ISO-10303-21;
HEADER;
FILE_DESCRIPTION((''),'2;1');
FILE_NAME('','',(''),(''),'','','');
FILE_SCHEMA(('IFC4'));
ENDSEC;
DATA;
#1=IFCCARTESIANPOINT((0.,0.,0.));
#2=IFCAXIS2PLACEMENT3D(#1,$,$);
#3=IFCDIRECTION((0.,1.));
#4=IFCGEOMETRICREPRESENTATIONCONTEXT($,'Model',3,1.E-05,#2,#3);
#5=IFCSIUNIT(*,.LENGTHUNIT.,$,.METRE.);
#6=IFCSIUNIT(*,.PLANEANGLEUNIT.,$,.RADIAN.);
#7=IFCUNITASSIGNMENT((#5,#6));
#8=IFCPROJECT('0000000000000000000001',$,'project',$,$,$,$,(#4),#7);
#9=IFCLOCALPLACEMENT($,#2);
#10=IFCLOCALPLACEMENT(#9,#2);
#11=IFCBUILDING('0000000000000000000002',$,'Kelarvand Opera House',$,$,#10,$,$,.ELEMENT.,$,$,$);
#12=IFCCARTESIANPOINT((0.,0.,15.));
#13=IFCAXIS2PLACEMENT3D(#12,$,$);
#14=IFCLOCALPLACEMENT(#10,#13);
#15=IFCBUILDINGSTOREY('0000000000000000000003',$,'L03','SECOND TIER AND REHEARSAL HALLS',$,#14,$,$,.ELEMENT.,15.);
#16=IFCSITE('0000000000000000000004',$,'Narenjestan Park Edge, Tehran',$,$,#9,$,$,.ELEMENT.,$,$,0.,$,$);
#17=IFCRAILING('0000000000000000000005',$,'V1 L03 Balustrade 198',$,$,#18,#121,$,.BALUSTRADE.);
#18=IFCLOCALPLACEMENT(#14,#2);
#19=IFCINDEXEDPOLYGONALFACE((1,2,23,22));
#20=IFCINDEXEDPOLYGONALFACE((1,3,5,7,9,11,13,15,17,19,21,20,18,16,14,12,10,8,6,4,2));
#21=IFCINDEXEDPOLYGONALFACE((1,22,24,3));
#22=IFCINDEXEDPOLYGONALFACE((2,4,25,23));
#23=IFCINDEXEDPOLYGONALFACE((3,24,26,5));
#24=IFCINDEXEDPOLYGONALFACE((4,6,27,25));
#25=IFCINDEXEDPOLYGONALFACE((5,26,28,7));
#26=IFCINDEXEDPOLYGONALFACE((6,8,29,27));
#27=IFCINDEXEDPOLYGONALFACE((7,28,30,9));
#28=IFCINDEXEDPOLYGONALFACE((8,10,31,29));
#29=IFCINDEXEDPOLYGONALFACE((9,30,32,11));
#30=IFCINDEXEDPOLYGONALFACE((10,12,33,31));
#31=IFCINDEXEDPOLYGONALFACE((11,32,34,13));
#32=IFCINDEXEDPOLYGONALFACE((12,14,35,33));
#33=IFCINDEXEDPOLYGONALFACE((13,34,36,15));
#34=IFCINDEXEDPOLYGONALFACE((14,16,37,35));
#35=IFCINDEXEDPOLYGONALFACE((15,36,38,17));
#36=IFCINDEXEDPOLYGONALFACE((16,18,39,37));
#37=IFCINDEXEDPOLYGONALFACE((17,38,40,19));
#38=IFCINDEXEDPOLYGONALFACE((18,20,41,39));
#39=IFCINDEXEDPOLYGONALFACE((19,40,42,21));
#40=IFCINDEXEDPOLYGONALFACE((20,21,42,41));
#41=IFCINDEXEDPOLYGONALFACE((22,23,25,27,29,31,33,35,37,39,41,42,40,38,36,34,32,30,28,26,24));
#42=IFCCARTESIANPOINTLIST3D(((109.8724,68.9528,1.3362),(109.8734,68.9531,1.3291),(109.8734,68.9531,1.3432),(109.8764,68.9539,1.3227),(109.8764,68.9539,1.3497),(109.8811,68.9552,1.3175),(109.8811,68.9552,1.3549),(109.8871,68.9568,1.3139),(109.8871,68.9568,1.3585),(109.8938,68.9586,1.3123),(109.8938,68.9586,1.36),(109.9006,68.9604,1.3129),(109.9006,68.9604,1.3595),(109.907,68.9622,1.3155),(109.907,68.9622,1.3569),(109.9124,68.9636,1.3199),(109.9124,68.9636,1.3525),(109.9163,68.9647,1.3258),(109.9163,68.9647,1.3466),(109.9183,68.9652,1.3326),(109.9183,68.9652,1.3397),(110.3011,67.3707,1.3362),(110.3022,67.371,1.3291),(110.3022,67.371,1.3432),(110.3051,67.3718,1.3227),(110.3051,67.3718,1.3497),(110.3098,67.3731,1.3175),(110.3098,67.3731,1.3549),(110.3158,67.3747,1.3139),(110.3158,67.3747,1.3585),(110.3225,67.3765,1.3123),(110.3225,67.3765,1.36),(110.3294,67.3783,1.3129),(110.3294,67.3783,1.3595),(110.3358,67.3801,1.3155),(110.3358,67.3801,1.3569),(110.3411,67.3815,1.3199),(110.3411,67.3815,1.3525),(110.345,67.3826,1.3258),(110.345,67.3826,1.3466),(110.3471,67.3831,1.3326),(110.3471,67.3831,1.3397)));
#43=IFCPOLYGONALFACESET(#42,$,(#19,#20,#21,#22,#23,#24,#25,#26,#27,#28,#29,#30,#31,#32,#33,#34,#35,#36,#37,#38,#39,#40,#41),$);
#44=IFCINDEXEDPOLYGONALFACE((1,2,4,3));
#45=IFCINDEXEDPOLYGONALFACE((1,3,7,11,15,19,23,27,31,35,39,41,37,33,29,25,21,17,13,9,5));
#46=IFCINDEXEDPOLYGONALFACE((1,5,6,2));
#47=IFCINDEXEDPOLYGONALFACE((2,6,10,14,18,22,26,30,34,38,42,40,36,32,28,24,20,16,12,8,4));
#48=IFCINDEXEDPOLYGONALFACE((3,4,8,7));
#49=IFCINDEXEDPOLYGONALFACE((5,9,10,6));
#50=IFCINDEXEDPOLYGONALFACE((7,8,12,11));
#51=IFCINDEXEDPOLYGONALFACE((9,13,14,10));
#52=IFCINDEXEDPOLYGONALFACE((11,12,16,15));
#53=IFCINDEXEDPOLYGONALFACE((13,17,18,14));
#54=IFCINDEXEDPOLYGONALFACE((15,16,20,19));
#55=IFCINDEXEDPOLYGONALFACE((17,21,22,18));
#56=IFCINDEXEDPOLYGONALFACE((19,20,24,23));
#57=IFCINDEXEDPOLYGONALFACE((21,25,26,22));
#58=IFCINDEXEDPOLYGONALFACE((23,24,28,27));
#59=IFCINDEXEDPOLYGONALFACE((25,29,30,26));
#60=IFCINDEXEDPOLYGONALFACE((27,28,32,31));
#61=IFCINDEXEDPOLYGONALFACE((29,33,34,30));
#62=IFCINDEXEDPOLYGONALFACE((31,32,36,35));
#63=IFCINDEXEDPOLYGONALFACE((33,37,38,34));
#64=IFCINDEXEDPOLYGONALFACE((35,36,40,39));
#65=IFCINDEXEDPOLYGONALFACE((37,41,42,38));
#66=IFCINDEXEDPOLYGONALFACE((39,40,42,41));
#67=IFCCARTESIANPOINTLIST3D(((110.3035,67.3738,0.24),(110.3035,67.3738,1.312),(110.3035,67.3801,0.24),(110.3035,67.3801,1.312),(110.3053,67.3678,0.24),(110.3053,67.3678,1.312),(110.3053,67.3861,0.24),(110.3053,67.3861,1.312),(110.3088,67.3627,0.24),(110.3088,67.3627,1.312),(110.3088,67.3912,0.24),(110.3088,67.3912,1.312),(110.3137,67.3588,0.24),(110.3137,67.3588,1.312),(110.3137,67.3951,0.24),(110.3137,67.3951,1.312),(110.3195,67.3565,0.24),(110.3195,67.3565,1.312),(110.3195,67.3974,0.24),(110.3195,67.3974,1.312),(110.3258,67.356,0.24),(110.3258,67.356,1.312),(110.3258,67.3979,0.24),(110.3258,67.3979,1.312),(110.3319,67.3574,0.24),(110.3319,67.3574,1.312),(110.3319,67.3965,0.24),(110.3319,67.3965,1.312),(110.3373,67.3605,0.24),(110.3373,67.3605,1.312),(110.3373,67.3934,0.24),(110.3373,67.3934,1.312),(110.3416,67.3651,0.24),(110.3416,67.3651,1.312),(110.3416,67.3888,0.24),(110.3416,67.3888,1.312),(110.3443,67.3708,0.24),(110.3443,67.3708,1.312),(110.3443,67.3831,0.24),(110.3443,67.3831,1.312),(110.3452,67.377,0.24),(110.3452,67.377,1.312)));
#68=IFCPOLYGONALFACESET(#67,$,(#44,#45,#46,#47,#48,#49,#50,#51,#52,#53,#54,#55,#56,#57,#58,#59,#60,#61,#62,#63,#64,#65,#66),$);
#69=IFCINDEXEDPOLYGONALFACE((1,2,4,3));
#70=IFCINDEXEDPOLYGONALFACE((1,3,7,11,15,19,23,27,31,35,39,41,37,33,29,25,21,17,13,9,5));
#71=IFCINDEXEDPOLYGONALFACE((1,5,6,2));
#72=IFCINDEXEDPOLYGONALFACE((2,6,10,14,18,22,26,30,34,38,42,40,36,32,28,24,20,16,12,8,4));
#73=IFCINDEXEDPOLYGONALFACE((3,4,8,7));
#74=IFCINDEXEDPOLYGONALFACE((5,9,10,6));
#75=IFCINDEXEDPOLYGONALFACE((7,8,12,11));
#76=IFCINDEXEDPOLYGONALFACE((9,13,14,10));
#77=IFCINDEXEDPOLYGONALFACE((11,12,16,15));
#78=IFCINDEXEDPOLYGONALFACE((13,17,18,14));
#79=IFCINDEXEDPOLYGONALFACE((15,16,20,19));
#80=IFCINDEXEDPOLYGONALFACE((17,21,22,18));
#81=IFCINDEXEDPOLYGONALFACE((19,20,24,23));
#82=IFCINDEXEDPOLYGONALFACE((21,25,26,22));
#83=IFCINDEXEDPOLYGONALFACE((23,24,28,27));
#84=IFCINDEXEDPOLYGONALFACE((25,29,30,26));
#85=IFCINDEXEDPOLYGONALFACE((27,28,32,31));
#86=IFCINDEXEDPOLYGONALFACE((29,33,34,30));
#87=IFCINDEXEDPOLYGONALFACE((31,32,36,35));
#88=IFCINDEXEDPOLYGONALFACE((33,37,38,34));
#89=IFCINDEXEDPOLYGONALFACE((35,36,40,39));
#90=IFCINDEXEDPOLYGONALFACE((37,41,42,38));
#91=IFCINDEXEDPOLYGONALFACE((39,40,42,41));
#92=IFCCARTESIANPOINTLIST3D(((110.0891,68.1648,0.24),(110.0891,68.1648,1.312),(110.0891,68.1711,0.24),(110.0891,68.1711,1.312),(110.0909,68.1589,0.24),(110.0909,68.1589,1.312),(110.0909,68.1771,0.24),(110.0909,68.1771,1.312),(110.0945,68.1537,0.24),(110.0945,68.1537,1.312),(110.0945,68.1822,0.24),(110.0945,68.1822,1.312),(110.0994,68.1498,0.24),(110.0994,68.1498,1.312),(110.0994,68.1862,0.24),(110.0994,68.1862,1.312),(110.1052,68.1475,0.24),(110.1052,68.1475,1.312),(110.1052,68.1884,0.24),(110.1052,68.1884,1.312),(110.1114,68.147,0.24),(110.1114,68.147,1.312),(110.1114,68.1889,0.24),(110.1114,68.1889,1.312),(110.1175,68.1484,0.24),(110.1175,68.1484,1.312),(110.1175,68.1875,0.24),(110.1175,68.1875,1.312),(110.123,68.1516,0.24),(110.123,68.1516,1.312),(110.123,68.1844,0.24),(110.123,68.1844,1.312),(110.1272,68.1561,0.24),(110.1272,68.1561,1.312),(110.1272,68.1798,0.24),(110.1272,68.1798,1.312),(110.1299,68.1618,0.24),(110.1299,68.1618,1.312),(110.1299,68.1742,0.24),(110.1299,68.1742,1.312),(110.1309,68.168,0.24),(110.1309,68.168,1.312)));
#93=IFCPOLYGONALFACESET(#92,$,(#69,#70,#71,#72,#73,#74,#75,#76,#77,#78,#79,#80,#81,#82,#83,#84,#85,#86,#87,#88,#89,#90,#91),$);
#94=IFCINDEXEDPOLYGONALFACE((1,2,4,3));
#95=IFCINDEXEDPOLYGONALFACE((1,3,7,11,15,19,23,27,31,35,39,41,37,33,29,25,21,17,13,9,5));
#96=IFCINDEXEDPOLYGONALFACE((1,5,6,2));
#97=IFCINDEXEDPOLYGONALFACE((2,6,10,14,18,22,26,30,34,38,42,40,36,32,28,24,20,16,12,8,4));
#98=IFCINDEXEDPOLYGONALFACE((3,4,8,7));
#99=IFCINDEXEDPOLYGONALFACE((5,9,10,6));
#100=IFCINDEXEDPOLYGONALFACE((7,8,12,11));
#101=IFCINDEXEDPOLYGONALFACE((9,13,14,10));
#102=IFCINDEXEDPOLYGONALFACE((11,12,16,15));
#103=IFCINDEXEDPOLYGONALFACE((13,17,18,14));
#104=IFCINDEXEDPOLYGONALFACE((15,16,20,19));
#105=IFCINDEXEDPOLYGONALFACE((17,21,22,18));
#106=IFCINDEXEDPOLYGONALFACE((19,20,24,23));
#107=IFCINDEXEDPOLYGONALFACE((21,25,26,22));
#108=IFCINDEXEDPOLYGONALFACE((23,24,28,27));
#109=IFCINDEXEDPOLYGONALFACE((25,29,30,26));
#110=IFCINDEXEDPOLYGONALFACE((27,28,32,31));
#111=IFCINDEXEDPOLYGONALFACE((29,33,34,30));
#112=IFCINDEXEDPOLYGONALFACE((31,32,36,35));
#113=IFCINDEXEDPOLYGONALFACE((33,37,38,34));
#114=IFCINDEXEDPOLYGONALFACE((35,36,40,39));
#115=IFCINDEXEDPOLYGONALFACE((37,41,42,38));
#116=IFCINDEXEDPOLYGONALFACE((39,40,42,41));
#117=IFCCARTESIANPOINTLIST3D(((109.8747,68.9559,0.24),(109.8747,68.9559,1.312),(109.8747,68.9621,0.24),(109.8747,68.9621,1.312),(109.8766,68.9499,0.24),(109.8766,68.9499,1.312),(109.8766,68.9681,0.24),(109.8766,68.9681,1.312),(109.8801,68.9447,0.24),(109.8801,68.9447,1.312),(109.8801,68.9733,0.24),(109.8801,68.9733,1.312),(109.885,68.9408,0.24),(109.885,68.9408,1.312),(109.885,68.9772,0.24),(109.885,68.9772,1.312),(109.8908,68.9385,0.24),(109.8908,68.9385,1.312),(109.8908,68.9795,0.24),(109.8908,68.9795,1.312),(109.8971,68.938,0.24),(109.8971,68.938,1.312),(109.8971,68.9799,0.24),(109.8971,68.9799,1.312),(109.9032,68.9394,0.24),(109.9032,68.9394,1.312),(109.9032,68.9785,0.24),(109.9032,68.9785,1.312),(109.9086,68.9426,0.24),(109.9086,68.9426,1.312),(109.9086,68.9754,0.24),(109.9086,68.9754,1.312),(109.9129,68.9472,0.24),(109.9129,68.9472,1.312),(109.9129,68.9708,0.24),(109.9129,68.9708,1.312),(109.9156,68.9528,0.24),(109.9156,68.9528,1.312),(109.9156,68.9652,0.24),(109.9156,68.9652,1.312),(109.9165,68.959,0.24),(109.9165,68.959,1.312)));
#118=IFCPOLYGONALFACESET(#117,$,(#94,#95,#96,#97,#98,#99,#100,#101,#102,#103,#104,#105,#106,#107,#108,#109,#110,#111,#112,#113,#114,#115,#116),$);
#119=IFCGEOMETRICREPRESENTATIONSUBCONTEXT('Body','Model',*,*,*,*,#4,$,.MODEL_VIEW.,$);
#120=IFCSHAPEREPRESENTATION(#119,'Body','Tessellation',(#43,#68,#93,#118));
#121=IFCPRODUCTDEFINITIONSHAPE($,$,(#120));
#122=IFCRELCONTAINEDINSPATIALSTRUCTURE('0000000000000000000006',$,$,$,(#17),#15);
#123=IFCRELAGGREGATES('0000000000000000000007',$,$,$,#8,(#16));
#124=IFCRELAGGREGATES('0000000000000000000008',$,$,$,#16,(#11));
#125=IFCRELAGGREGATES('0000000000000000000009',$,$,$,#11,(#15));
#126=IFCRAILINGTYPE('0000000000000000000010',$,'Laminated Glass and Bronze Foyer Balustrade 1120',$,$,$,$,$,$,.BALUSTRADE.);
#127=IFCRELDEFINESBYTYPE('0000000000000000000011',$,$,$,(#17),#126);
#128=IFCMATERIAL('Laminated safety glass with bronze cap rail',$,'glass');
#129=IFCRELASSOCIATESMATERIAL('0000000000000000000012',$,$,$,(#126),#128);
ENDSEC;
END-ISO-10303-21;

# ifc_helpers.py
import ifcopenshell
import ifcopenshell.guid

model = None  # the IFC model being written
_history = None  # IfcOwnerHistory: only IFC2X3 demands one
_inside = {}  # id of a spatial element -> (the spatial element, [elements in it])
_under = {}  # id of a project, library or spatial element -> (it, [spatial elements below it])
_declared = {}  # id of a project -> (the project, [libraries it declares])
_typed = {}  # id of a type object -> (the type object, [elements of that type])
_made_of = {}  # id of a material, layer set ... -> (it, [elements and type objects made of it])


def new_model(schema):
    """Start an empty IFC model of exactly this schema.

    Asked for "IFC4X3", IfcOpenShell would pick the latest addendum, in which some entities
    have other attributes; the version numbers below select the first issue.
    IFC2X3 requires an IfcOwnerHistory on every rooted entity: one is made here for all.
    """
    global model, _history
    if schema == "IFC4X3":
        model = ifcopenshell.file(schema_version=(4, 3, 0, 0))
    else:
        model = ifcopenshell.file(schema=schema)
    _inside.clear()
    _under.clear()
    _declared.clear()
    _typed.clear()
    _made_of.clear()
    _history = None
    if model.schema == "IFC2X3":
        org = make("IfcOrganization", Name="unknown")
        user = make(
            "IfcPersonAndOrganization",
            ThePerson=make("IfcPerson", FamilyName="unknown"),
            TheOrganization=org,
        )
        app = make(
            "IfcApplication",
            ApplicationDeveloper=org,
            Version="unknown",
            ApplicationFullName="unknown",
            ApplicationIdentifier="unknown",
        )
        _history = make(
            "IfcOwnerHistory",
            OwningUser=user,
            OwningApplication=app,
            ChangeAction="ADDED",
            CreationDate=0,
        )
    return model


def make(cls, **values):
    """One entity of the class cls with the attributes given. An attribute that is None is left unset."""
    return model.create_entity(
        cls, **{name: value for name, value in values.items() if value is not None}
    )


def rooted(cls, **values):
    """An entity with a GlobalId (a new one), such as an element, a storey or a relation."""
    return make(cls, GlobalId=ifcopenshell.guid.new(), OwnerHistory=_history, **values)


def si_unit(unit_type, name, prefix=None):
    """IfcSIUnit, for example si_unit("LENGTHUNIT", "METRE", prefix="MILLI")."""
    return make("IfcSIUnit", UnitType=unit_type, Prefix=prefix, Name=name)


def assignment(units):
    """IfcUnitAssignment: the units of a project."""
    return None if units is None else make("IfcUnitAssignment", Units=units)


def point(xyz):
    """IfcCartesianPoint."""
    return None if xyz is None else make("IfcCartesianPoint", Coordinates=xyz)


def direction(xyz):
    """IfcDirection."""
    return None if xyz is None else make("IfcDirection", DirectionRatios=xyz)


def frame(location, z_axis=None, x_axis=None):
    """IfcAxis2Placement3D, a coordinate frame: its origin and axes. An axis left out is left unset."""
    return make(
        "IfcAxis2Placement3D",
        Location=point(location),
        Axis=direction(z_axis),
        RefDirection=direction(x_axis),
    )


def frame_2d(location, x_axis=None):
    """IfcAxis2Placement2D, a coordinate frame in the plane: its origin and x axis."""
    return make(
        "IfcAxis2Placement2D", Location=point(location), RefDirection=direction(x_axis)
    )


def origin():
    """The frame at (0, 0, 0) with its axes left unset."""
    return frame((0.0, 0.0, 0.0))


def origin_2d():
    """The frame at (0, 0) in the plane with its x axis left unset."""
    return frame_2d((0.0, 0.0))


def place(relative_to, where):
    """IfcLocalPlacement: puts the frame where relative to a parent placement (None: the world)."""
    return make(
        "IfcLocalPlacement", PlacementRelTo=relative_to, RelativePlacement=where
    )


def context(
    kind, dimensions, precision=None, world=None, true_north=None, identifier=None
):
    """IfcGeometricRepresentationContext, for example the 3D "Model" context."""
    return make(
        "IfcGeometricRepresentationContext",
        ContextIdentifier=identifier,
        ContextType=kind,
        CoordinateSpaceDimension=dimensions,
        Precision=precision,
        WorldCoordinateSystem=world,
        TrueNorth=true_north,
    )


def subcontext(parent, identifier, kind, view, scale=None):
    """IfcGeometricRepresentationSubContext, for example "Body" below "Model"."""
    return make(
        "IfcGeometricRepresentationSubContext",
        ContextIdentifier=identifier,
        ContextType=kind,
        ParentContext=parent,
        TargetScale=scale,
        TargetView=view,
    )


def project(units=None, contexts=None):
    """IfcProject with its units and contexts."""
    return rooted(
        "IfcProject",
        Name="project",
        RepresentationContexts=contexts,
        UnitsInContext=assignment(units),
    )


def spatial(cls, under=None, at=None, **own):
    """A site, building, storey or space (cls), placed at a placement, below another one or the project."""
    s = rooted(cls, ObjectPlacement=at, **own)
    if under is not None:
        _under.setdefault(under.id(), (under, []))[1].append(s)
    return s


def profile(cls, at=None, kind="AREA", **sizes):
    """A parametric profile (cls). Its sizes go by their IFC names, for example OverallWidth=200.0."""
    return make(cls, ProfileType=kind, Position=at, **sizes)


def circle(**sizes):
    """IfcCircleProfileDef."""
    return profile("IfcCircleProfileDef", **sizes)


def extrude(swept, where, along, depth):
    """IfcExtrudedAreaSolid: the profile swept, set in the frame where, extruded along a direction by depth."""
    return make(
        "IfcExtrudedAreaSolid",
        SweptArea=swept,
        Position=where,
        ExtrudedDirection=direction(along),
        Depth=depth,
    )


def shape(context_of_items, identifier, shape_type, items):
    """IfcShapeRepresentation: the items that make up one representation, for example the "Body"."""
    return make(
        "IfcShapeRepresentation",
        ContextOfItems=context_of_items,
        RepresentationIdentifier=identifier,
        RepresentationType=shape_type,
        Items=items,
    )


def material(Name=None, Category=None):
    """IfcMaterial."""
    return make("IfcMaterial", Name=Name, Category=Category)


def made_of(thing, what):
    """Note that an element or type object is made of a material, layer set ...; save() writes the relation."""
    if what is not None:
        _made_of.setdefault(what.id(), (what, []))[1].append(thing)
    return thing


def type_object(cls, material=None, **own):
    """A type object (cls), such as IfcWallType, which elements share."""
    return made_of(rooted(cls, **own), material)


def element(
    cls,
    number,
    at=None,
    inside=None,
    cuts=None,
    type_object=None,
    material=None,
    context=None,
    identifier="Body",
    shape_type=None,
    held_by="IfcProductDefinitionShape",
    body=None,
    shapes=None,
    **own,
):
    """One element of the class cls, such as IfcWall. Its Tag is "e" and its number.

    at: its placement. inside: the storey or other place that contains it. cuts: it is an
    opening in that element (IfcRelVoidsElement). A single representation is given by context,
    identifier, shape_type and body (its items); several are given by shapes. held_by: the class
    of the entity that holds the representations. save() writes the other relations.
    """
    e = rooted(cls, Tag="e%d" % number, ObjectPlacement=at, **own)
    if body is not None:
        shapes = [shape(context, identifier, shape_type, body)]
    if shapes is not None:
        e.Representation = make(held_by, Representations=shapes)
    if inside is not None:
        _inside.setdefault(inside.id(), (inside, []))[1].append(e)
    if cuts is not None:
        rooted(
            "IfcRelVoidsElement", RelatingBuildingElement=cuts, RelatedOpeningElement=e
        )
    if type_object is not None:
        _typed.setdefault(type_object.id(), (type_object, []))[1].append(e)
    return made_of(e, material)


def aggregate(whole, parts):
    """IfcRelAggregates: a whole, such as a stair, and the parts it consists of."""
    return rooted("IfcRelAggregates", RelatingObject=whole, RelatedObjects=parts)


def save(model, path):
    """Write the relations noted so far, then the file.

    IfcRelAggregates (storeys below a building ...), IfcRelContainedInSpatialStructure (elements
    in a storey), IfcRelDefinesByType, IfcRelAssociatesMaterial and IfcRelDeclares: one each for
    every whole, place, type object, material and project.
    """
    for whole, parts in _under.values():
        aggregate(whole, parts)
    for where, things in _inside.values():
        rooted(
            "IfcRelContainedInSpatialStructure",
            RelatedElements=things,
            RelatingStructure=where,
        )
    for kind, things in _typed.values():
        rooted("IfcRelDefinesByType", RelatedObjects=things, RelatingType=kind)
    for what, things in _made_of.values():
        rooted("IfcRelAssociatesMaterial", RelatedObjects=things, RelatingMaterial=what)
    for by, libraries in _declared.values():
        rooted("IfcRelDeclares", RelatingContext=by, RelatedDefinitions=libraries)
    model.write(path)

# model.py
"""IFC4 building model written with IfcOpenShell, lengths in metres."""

from ifc_helpers import new_model, si_unit, direction, frame, origin, origin_2d, place, context, subcontext, project, spatial, circle, extrude, material, type_object, element, save


model = new_model("IFC4")

# Units and contexts
model_context = context("Model", 3, precision=1e-05, world=origin(), true_north=direction((0.0, 1.0)))
body_context = subcontext(model_context, "Body", "Model", "MODEL_VIEW")
ifc_project = project(units=[si_unit("LENGTHUNIT", "METRE"), si_unit("PLANEANGLEUNIT", "RADIAN")], contexts=[model_context])

# Site, building, storey
site_placement = place(None, origin())
site = spatial("IfcSite", under=ifc_project, at=site_placement, Name="Narenjestan Park Edge, Tehran", CompositionType="ELEMENT", RefElevation=0.0)
building_placement = place(site_placement, origin())
building = spatial("IfcBuilding", under=site, at=building_placement, Name="Kelarvand Opera House", CompositionType="ELEMENT")
storey_placement = place(building_placement, frame((0.0, 0.0, 15.0)))
storey = spatial("IfcBuildingStorey", under=building, at=storey_placement, Name="L03", Description="SECOND TIER AND REHEARSAL HALLS", CompositionType="ELEMENT", Elevation=15.0)

# Railing
ifc_material_1 = material(Name="Laminated safety glass with bronze cap rail", Category="glass")
railing_type = type_object("IfcRailingType", Name="Laminated Glass and Bronze Foyer Balustrade 1120", PredefinedType="BALUSTRADE", material=ifc_material_1)
railing_1_placement = place(storey_placement, frame((110.3242, 67.377, 0.24)))
element("IfcRailing", 1, at=railing_1_placement, inside=storey, type_object=railing_type, Name="V1 L03 Balustrade 198", PredefinedType="BALUSTRADE", context=body_context, shape_type="SweptSolid", body=[
    extrude(circle(Radius=0.0239, at=origin_2d()), frame((0.0, 0.0, 1.0962), z_axis=(-0.261554, 0.965189, 0.0), x_axis=(-0.965189, -0.261554, 0.0)), (0.0, 0.0, 1.0), 1.6392),
    extrude(circle(Radius=0.021, at=origin_2d()), origin(), (0.0, 0.0, 1.0), 1.072),
    extrude(circle(Radius=0.021, at=origin_2d()), frame((-0.2144, 0.791, 0.0)), (0.0, 0.0, 1.0), 1.072),
    extrude(circle(Radius=0.021, at=origin_2d()), frame((-0.4287, 1.582, 0.0)), (0.0, 0.0, 1.0), 1.072),
])

save(model, "model.ifc")
